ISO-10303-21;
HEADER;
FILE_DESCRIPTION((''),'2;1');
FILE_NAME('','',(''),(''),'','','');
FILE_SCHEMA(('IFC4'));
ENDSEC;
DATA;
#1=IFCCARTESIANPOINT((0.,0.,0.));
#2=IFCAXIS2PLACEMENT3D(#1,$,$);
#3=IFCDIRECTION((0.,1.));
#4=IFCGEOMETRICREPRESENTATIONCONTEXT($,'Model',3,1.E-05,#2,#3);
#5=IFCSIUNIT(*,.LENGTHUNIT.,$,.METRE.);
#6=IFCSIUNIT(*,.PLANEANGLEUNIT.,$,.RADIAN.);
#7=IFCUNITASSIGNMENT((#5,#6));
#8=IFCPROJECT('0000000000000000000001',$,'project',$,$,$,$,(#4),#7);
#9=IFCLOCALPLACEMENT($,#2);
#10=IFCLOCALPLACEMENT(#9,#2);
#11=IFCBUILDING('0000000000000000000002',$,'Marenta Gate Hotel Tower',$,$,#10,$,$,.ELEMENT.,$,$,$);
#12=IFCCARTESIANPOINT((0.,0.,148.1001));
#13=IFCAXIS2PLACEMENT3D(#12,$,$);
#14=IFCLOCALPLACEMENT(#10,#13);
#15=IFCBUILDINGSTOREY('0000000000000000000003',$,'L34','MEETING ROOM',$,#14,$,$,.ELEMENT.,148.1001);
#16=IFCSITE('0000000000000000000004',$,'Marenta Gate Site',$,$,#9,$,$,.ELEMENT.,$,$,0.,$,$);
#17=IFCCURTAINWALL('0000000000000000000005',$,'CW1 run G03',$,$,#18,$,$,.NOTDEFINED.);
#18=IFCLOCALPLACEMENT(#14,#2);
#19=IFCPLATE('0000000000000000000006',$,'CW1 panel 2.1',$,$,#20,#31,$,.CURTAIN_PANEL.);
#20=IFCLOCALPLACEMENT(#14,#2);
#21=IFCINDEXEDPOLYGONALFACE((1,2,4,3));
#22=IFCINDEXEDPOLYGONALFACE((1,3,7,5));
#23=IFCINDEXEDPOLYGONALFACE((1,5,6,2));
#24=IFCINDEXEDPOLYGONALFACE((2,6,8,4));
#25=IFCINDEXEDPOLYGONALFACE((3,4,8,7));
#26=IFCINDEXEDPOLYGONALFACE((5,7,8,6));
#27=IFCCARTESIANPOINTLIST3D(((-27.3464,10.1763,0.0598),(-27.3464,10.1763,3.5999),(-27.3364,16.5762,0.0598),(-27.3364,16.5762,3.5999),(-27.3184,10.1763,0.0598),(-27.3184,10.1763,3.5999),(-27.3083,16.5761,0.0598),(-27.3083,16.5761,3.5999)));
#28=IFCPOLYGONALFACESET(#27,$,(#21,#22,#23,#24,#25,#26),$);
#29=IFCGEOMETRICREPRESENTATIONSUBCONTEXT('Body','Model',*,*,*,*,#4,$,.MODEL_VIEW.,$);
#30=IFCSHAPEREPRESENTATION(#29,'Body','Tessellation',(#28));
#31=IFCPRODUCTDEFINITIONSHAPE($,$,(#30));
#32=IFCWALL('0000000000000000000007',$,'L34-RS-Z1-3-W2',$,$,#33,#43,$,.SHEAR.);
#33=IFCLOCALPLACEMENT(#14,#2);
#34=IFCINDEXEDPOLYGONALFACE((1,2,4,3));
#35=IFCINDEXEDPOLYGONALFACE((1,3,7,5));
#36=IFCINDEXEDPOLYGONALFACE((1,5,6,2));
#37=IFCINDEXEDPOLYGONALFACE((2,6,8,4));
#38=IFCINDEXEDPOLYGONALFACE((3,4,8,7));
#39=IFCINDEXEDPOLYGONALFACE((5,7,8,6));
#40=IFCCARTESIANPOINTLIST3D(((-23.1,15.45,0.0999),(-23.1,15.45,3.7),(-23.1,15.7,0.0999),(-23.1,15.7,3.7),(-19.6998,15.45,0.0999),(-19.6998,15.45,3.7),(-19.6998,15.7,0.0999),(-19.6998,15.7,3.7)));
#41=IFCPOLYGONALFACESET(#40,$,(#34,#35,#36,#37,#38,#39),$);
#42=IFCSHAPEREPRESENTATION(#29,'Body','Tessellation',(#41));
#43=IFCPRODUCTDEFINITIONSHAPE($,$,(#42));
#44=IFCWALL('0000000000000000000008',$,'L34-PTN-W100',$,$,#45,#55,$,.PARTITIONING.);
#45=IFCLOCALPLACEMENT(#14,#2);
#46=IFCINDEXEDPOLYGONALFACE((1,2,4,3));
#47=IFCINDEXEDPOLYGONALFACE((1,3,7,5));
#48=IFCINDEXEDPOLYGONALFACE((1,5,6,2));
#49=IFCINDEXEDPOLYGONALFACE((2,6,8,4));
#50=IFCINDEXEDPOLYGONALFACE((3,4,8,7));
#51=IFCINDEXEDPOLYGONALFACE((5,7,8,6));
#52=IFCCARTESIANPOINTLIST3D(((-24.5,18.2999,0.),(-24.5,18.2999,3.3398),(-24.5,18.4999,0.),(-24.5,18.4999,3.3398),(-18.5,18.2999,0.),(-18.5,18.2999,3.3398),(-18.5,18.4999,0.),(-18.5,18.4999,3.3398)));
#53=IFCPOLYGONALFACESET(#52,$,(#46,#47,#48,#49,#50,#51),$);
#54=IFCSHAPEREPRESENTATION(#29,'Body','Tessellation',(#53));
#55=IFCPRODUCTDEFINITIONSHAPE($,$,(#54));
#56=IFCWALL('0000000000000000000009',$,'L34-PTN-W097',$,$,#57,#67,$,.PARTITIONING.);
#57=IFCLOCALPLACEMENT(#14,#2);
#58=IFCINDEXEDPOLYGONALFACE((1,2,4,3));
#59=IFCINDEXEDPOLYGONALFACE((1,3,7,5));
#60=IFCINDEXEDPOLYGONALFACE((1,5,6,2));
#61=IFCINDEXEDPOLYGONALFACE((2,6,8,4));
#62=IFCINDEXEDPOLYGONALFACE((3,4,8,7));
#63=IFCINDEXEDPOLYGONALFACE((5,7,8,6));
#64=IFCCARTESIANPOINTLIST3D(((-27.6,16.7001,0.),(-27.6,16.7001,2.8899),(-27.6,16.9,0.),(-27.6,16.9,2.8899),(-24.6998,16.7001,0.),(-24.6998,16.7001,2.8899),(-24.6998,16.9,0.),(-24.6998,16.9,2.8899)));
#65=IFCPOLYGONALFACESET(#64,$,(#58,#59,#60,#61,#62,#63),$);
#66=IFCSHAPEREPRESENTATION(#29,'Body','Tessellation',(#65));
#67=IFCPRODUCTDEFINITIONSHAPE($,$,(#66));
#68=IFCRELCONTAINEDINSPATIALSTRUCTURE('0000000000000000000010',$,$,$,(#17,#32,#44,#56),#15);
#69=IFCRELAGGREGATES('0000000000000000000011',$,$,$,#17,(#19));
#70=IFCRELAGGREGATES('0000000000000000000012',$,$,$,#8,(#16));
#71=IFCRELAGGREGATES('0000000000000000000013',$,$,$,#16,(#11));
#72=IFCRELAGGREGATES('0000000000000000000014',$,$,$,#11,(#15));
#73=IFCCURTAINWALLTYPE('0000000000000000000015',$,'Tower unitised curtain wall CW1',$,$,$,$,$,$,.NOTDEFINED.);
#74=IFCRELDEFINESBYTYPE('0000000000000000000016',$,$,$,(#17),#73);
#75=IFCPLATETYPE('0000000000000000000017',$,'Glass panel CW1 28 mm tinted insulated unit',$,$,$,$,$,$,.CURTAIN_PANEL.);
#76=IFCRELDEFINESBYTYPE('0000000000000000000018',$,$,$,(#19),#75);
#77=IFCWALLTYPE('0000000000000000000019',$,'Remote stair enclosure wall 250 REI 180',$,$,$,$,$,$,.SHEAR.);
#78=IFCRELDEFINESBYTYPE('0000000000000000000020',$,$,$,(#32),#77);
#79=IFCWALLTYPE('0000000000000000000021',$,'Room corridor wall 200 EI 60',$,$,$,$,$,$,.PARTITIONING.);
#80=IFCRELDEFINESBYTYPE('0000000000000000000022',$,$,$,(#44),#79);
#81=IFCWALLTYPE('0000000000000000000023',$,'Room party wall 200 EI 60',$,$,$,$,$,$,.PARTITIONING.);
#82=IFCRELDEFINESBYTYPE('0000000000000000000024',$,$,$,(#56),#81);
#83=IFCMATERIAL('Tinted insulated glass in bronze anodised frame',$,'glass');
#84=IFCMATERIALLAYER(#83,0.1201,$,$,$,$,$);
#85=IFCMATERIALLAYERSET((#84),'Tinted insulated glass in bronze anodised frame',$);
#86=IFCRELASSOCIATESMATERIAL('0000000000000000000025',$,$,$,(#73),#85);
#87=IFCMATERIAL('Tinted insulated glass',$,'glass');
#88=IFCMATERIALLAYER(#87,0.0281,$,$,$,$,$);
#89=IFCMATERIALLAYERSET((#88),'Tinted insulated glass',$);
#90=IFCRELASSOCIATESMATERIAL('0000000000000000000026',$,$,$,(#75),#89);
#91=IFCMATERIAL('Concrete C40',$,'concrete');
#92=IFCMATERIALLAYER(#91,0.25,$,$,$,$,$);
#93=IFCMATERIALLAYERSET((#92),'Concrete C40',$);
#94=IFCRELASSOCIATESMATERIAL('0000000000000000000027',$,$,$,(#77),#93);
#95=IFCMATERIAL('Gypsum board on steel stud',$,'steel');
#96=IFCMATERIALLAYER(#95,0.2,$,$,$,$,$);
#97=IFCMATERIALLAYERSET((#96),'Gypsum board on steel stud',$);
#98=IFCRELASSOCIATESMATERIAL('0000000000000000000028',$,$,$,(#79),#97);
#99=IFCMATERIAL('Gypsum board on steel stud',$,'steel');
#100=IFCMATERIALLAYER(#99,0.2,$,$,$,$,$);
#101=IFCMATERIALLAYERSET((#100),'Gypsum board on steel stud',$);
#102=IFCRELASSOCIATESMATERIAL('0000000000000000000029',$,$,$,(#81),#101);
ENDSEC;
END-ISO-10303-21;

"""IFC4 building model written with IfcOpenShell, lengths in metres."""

from ifc_helpers import new_model, si_unit, direction, frame, frame_2d, origin, origin_2d, place, context, subcontext, project, spatial, rectangle, extrude, material, layer, layer_set, type_object, element, aggregate, save


model = new_model("IFC4")

# Units and contexts
model_context = context("Model", 3, precision=1e-05, world=origin(), true_north=direction((0.0, 1.0)))
body_context = subcontext(model_context, "Body", "Model", "MODEL_VIEW")
ifc_project = project(units=[si_unit("LENGTHUNIT", "METRE"), si_unit("PLANEANGLEUNIT", "RADIAN")], contexts=[model_context])

# Site, building, storey
site_placement = place(None, origin())
site = spatial("IfcSite", under=ifc_project, at=site_placement, Name="Marenta Gate Site", CompositionType="ELEMENT", RefElevation=0.0)
building_placement = place(site_placement, origin())
building = spatial("IfcBuilding", under=site, at=building_placement, Name="Marenta Gate Hotel Tower", CompositionType="ELEMENT")
storey_placement = place(building_placement, frame((0.0, 0.0, 148.1001)))
storey = spatial("IfcBuildingStorey", under=building, at=storey_placement, Name="L34", Description="MEETING ROOM", CompositionType="ELEMENT", Elevation=148.1001)

# Shared definitions
ifc_material_1 = material(Name="Tinted insulated glass in bronze anodised frame", Category="glass")
ifc_layer_1 = layer(ifc_material_1, 0.1201)
ifc_layer_set_1 = layer_set([ifc_layer_1], Name="Tinted insulated glass in bronze anodised frame")
curtain_wall_type = type_object("IfcCurtainWallType", Name="Tower unitised curtain wall CW1", PredefinedType="NOTDEFINED", material=ifc_layer_set_1)

# Curtain wall
curtain_wall_1_placement = place(storey_placement, origin())
curtain_wall_1 = element("IfcCurtainWall", 1, at=curtain_wall_1_placement, inside=storey, type_object=curtain_wall_type, Name="CW1 run G03", PredefinedType="NOTDEFINED")

# Plate
ifc_material_2 = material(Name="Tinted insulated glass", Category="glass")
ifc_layer_2 = layer(ifc_material_2, 0.0281)
ifc_layer_set_2 = layer_set([ifc_layer_2], Name="Tinted insulated glass")
plate_type = type_object("IfcPlateType", Name="Glass panel CW1 28 mm tinted insulated unit", PredefinedType="CURTAIN_PANEL", material=ifc_layer_set_2)
plate_1_placement = place(storey_placement, frame((-27.3274, 13.3762, 0.0598), z_axis=(0.0, 0.0, 1.0), x_axis=(-0.001566, -0.999999, 0.0)))
plate_1 = element("IfcPlate", 2, at=plate_1_placement, type_object=plate_type, Name="CW1 panel 2.1", PredefinedType="CURTAIN_PANEL", context=body_context, shape_type="SweptSolid", body=[
    extrude(rectangle(XDim=6.3999, YDim=0.0281, at=origin_2d()), origin(), (0.0, 0.0, 1.0), 3.54),
])
aggregate(curtain_wall_1, [plate_1])

# Walls
ifc_material_3 = material(Name="Concrete C40", Category="concrete")
ifc_layer_3 = layer(ifc_material_3, 0.25)
ifc_layer_set_3 = layer_set([ifc_layer_3], Name="Concrete C40")
wall_type_1 = type_object("IfcWallType", Name="Remote stair enclosure wall 250 REI 180", PredefinedType="SHEAR", material=ifc_layer_set_3)
wall_1_placement = place(storey_placement, frame((-23.1001, 15.575, 0.0999), z_axis=(0.0, 0.0, 1.0), x_axis=(1.0, 0.0, 0.0)))
element("IfcWall", 3, at=wall_1_placement, inside=storey, type_object=wall_type_1, Name="L34-RS-Z1-3-W2", PredefinedType="SHEAR", context=body_context, shape_type="SweptSolid", body=[
    extrude(rectangle(XDim=3.4001, YDim=0.25, at=frame_2d((1.7002, 0.0))), origin(), (0.0, 0.0, 1.0), 3.6001),
])
ifc_material_4 = material(Name="Gypsum board on steel stud", Category="steel")
ifc_layer_4 = layer(ifc_material_4, 0.2)
ifc_layer_set_4 = layer_set([ifc_layer_4], Name="Gypsum board on steel stud")
wall_type_2 = type_object("IfcWallType", Name="Room corridor wall 200 EI 60", PredefinedType="PARTITIONING", material=ifc_layer_set_4)
wall_2_placement = place(storey_placement, frame((-24.5, 18.3999, 0.0), z_axis=(0.0, 0.0, 1.0), x_axis=(1.0, 0.0, 0.0)))
element("IfcWall", 4, at=wall_2_placement, inside=storey, type_object=wall_type_2, Name="L34-PTN-W100", PredefinedType="PARTITIONING", context=body_context, shape_type="SweptSolid", body=[
    extrude(rectangle(XDim=6.0, YDim=0.2, at=frame_2d((3.0, 0.0))), origin(), (0.0, 0.0, 1.0), 3.3398),
])
ifc_material_5 = material(Name="Gypsum board on steel stud", Category="steel")
ifc_layer_5 = layer(ifc_material_5, 0.2)
ifc_layer_set_5 = layer_set([ifc_layer_5], Name="Gypsum board on steel stud")
wall_type_3 = type_object("IfcWallType", Name="Room party wall 200 EI 60", PredefinedType="PARTITIONING", material=ifc_layer_set_5)
wall_3_placement = place(storey_placement, frame((-27.6001, 16.8, 0.0), z_axis=(0.0, 0.0, 1.0), x_axis=(1.0, 0.0, 0.0)))
element("IfcWall", 5, at=wall_3_placement, inside=storey, type_object=wall_type_3, Name="L34-PTN-W097", PredefinedType="PARTITIONING", context=body_context, shape_type="SweptSolid", body=[
    extrude(rectangle(XDim=2.9001, YDim=0.2, at=frame_2d((1.4502, 0.0))), origin(), (0.0, 0.0, 1.0), 2.8899),
])

save(model, "model.ifc")
